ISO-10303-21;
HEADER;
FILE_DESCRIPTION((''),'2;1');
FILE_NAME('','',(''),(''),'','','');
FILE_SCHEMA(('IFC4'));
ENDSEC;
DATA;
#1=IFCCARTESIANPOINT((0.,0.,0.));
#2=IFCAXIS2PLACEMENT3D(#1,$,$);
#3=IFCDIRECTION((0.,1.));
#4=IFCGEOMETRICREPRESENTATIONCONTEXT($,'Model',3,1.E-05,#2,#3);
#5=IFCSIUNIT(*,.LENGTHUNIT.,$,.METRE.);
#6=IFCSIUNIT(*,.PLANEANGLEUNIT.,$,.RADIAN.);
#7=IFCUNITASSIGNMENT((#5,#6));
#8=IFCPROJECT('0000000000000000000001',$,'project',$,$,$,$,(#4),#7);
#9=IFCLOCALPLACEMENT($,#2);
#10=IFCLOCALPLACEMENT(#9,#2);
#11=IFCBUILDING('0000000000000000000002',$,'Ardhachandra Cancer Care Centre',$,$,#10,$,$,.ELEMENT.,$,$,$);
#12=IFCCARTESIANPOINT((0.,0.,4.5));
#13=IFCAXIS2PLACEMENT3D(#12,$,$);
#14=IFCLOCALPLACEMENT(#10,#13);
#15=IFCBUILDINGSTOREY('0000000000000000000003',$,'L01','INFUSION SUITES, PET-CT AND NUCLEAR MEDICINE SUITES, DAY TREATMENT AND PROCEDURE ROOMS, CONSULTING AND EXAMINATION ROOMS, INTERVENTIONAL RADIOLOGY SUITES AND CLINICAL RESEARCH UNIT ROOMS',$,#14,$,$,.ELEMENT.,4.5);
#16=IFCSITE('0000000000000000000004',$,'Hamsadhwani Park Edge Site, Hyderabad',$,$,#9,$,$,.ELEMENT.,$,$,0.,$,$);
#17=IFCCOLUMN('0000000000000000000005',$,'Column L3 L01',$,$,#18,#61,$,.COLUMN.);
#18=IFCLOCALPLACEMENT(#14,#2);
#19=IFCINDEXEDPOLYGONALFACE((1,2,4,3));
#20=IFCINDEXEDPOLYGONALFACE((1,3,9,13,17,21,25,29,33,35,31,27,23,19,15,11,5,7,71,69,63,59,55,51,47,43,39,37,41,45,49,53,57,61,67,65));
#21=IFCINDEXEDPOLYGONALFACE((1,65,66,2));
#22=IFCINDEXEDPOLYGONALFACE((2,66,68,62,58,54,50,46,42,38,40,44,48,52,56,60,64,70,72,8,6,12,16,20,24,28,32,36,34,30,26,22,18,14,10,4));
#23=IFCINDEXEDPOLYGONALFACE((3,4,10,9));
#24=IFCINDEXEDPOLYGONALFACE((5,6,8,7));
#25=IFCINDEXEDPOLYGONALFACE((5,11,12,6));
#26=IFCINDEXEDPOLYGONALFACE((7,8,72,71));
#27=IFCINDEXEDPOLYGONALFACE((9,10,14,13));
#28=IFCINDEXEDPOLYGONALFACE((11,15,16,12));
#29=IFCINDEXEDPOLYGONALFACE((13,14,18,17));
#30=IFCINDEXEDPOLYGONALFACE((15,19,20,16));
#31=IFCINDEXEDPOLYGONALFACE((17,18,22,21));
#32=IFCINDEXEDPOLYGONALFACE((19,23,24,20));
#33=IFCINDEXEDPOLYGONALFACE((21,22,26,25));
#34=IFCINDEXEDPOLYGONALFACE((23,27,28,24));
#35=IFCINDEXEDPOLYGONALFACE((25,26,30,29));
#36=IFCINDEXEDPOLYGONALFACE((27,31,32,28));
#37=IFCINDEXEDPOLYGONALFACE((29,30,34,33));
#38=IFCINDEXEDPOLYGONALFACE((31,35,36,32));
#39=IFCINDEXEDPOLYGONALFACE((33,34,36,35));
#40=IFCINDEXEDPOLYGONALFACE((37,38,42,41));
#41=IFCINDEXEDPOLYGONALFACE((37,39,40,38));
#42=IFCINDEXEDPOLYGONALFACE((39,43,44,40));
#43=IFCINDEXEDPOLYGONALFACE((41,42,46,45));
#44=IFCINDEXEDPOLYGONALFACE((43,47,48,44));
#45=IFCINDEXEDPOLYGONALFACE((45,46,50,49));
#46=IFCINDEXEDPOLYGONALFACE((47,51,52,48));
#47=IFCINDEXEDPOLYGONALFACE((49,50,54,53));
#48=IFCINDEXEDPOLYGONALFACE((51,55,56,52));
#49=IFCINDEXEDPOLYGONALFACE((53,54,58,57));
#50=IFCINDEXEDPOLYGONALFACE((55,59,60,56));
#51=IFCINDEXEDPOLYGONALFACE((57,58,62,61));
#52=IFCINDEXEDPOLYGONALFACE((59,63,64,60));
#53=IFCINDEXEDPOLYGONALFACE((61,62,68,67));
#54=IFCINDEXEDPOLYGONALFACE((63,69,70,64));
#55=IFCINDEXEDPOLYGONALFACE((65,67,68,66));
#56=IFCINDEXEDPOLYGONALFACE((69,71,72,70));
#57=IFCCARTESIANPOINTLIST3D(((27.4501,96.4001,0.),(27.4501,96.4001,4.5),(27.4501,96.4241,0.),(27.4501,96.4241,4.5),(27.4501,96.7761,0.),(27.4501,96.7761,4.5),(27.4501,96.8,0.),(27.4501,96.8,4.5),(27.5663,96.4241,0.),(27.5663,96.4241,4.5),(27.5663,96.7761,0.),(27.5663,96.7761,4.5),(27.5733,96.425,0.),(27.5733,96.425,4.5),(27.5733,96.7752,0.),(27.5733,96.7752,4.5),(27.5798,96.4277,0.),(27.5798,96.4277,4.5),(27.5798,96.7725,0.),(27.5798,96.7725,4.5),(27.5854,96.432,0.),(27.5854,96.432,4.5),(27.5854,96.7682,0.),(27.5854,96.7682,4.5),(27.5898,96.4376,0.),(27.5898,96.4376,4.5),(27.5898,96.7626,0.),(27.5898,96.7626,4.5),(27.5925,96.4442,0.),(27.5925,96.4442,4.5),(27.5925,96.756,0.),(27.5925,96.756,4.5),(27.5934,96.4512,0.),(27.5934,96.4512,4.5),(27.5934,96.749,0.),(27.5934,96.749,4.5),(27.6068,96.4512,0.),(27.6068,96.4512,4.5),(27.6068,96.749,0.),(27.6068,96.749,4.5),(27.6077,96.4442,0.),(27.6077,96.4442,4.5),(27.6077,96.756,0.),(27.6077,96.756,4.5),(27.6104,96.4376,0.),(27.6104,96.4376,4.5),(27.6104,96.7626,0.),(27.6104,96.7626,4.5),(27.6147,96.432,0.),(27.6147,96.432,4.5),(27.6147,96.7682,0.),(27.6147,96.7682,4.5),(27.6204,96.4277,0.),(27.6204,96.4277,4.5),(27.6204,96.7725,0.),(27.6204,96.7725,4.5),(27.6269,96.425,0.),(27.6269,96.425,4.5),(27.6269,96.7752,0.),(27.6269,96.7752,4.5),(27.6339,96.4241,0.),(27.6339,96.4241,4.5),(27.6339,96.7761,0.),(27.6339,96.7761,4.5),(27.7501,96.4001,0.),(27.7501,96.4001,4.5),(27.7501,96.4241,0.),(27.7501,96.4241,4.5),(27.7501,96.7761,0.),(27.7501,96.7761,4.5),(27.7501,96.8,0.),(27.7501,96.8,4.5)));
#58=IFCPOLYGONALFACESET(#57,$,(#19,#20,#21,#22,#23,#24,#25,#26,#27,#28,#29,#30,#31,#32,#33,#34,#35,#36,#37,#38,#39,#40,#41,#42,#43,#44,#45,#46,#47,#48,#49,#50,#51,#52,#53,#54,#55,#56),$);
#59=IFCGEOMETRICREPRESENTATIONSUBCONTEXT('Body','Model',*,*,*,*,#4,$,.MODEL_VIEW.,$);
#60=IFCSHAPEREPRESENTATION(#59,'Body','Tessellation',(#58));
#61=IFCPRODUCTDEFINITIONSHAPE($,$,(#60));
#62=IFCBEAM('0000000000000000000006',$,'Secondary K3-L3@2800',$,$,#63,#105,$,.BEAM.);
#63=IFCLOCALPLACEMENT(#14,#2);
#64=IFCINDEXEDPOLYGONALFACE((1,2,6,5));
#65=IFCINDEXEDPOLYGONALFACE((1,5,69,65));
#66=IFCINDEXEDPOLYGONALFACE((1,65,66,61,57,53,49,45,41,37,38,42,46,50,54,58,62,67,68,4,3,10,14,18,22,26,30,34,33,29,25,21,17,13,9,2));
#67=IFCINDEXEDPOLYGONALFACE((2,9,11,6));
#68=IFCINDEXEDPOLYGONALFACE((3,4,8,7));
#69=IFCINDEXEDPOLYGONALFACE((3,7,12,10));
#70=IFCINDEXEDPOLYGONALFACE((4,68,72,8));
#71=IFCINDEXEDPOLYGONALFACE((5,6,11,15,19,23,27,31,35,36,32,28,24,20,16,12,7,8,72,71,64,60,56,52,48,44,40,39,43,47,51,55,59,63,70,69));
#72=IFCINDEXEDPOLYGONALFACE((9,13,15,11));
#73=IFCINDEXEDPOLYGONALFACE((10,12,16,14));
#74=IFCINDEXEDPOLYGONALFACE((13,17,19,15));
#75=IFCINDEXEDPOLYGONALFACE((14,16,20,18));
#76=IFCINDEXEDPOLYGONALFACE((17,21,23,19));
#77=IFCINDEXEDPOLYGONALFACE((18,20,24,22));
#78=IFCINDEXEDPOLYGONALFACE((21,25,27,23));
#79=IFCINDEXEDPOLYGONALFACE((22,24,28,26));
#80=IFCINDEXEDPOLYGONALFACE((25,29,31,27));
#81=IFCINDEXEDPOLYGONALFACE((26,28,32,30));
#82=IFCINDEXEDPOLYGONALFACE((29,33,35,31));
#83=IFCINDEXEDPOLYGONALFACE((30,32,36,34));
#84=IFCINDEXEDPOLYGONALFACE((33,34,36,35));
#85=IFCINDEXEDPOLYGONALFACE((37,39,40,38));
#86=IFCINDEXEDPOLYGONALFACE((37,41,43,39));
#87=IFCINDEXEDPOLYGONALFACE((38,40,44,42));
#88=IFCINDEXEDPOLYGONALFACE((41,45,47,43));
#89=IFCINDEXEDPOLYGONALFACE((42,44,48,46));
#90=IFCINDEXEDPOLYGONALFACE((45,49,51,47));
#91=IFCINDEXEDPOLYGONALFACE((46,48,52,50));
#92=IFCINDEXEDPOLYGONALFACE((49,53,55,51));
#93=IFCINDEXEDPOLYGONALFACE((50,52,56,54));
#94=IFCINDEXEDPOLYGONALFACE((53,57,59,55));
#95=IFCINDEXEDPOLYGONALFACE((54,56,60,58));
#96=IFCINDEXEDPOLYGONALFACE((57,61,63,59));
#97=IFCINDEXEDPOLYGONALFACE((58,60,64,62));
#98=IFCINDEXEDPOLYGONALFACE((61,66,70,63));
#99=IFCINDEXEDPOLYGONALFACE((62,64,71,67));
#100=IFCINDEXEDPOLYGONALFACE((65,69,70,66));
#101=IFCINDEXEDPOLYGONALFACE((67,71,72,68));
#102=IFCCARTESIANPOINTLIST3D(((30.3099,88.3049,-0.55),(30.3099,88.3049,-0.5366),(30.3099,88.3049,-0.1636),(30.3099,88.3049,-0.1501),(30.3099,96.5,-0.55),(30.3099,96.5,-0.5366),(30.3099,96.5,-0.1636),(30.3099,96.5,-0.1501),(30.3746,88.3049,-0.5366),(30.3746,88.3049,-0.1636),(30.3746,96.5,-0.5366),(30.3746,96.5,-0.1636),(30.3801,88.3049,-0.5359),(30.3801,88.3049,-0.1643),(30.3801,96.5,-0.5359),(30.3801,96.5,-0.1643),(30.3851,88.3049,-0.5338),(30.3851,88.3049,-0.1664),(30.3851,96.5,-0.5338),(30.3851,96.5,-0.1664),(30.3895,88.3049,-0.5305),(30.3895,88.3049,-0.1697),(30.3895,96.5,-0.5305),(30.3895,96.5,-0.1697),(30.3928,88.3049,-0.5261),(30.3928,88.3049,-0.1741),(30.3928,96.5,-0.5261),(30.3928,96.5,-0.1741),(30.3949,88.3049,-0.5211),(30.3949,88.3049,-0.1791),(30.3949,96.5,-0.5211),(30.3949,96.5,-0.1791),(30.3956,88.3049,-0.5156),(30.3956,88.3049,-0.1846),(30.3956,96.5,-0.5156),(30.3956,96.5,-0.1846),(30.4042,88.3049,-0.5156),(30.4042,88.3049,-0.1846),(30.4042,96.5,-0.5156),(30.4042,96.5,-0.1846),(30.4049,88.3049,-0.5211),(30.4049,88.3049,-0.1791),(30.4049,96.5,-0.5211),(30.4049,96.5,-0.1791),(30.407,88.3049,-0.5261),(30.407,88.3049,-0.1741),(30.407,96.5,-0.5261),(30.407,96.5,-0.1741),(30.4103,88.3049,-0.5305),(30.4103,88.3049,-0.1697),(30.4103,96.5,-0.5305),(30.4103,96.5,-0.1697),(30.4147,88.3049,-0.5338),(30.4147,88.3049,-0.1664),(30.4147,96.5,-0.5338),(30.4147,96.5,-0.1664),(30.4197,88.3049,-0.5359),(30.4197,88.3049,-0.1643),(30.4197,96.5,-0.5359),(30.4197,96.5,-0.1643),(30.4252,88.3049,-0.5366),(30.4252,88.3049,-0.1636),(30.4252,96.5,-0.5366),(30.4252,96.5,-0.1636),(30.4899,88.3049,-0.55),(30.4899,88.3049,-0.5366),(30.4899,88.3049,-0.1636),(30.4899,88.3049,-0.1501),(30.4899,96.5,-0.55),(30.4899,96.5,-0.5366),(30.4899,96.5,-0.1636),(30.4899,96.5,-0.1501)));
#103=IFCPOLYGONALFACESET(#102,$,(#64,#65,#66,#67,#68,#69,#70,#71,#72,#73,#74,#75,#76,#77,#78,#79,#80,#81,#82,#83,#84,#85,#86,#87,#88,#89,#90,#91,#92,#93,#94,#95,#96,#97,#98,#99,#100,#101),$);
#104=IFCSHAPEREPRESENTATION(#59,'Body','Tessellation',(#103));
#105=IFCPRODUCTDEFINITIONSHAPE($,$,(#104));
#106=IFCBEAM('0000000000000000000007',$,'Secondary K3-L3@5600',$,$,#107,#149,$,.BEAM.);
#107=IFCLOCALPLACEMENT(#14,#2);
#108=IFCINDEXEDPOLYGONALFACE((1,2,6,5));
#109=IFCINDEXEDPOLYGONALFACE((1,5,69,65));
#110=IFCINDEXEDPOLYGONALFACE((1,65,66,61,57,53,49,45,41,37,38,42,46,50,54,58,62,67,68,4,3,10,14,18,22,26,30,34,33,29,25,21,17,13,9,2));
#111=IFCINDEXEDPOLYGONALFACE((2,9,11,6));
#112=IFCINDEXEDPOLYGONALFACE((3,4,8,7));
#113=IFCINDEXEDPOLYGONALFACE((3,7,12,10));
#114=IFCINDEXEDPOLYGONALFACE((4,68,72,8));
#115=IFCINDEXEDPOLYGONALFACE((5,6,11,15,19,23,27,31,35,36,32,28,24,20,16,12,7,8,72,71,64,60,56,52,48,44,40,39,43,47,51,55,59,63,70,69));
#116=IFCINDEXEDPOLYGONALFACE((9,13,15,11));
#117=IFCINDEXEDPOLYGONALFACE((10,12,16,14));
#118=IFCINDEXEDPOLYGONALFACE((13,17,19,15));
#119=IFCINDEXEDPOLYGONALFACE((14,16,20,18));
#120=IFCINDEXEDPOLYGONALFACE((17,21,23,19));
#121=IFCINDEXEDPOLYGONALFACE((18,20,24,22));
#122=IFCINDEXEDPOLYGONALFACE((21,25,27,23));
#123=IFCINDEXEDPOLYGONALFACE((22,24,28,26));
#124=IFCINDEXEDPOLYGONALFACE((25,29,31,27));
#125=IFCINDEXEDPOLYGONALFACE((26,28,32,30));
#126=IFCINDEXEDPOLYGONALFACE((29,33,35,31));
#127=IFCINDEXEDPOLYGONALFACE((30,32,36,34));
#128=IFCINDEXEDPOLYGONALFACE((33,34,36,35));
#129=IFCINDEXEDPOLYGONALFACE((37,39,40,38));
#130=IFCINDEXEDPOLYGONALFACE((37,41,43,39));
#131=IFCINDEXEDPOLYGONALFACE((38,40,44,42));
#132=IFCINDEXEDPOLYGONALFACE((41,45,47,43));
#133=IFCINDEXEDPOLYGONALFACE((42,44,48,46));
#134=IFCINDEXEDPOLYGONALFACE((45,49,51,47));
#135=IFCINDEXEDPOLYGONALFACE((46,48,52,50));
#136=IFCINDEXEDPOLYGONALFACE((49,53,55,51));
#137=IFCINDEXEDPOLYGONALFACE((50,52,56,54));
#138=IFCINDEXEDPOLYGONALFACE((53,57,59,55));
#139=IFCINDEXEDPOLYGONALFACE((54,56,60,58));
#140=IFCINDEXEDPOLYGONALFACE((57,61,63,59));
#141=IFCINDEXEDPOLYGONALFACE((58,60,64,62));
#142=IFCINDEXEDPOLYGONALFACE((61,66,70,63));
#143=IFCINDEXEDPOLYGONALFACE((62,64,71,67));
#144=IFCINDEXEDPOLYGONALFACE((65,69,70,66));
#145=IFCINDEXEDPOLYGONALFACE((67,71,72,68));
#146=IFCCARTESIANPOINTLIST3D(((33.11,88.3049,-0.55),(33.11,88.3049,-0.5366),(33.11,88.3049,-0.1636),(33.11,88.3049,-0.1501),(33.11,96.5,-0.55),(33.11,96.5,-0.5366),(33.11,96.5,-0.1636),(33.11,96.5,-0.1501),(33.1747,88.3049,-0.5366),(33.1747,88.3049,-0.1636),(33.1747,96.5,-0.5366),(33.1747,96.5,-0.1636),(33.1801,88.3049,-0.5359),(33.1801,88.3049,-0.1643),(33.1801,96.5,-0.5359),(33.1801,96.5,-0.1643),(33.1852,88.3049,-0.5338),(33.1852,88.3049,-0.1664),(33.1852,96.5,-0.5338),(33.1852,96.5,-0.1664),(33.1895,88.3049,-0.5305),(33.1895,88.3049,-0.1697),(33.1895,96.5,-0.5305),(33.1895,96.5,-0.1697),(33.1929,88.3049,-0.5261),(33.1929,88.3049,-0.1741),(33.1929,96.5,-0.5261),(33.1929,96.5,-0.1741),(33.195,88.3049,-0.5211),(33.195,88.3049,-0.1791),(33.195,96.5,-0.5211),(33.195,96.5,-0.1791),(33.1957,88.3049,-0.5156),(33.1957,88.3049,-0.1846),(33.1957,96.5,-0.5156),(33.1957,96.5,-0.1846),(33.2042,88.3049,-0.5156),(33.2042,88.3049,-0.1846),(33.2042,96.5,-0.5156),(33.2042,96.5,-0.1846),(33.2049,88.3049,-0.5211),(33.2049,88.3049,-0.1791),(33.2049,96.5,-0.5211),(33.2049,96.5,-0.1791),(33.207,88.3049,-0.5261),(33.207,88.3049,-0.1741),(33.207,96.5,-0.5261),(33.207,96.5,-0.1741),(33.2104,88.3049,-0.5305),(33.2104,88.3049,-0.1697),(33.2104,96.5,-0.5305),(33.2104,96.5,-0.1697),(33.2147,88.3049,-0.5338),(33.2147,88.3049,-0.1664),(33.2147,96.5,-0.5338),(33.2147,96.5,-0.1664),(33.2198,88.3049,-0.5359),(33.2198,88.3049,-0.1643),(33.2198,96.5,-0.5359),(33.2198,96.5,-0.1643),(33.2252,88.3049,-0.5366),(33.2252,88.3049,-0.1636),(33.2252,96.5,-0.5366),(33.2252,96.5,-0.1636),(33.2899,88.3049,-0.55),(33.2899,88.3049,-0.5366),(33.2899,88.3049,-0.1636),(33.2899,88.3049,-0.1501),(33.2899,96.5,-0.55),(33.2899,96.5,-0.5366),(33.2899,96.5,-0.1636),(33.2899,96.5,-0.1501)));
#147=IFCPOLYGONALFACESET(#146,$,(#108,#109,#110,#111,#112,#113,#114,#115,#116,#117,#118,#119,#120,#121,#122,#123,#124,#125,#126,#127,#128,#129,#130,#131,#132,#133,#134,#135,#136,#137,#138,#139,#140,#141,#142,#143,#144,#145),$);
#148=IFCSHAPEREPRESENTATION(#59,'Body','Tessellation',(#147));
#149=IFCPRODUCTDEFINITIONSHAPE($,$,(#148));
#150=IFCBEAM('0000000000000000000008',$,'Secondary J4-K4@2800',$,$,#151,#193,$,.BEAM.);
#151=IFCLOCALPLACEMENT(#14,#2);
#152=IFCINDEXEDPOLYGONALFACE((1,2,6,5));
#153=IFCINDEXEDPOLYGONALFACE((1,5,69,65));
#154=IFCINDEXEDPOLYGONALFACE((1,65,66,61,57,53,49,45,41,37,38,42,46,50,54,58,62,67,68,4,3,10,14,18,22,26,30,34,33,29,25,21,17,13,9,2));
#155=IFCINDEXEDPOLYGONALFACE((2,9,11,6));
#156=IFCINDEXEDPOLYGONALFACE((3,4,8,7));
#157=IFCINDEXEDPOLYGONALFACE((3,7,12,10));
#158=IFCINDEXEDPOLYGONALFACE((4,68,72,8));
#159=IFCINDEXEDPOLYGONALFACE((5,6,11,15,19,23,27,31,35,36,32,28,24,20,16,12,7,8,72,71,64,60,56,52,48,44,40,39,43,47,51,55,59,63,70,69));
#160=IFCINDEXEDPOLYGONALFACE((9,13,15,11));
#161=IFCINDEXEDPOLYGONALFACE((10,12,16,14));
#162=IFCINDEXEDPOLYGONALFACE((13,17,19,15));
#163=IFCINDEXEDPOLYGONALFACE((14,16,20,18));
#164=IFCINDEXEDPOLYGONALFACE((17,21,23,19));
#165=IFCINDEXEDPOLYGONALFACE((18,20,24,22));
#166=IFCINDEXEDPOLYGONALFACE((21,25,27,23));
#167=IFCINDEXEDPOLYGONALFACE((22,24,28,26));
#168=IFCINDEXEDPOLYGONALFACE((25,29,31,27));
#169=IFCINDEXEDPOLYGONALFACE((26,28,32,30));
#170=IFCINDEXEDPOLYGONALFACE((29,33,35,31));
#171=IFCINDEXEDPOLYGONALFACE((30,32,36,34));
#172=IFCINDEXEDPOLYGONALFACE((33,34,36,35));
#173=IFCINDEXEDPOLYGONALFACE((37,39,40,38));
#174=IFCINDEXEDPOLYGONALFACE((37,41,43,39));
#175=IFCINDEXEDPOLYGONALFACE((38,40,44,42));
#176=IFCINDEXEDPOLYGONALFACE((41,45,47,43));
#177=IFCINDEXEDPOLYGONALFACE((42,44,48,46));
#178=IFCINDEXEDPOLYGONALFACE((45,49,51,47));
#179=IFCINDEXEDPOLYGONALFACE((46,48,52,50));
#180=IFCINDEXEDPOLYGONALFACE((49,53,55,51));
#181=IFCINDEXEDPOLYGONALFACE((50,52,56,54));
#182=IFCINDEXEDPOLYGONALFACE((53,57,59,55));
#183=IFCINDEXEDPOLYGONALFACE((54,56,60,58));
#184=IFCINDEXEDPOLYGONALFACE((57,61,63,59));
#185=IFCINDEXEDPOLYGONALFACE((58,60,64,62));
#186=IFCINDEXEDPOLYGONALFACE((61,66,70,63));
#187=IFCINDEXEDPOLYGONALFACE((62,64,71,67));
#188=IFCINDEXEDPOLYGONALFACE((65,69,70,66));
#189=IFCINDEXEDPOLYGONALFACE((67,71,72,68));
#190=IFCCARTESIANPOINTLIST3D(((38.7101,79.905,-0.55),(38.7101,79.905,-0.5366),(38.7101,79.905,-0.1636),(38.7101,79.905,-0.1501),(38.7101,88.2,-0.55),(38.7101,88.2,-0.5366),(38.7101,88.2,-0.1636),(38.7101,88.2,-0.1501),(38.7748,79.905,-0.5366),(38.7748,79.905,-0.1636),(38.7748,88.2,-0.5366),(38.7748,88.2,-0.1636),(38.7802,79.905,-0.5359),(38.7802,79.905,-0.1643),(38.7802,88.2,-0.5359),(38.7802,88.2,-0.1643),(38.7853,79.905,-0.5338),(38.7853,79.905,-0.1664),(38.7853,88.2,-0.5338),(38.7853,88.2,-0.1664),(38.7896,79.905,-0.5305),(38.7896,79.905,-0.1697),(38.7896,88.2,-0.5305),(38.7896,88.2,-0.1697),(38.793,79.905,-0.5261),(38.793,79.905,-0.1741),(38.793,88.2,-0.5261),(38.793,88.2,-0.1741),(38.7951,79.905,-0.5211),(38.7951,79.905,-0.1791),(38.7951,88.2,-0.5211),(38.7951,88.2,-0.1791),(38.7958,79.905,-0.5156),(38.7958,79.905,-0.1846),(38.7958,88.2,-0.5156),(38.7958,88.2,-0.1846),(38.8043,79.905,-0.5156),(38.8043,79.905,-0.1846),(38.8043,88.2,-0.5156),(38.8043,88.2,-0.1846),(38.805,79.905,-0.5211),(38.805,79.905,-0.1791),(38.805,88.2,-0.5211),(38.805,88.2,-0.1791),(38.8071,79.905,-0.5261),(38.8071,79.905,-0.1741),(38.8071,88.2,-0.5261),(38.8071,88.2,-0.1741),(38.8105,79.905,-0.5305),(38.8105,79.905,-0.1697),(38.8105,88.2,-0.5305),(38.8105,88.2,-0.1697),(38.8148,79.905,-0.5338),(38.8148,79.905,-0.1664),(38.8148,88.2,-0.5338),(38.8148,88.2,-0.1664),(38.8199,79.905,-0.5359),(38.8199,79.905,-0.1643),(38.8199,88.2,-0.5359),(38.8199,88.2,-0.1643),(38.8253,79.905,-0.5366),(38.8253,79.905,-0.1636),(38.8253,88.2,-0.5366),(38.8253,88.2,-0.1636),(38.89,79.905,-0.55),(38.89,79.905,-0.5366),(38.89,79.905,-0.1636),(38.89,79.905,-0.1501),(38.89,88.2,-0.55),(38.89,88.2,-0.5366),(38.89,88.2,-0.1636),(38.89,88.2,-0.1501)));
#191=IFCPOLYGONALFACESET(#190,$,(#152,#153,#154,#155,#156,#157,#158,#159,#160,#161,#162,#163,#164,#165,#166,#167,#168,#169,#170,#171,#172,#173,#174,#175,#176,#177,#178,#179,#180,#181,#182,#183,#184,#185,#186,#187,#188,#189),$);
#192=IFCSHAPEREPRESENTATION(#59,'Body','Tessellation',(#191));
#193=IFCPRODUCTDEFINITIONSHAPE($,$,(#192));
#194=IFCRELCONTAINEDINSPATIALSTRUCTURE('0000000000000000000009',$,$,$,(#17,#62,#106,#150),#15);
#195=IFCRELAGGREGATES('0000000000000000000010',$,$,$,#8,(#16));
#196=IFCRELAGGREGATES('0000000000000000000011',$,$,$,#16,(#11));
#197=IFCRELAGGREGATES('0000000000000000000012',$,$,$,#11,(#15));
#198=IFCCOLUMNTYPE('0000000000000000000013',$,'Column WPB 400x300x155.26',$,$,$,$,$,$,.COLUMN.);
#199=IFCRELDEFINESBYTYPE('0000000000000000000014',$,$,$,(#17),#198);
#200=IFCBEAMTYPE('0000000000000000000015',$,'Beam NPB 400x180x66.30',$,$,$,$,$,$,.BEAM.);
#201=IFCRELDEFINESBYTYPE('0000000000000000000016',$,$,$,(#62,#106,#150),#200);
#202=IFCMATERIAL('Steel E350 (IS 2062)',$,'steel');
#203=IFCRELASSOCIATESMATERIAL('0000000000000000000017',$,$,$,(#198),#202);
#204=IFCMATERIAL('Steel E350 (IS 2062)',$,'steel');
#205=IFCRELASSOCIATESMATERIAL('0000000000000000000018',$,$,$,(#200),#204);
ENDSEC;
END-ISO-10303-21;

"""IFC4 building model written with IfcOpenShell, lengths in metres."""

from ifc_helpers import new_model, si_unit, direction, frame, origin, origin_2d, place, context, subcontext, project, spatial, i_section, extrude, material, material_profile, profile_set, type_object, element, save


model = new_model("IFC4")

# Units and contexts
model_context = context("Model", 3, precision=1e-05, world=origin(), true_north=direction((0.0, 1.0)))
body_context = subcontext(model_context, "Body", "Model", "MODEL_VIEW")
ifc_project = project(units=[si_unit("LENGTHUNIT", "METRE"), si_unit("PLANEANGLEUNIT", "RADIAN")], contexts=[model_context])

# Site, building, storey
site_placement = place(None, origin())
site = spatial("IfcSite", under=ifc_project, at=site_placement, Name="Hamsadhwani Park Edge Site, Hyderabad", CompositionType="ELEMENT", RefElevation=0.0)
building_placement = place(site_placement, origin())
building = spatial("IfcBuilding", under=site, at=building_placement, Name="Ardhachandra Cancer Care Centre", CompositionType="ELEMENT")
storey_placement = place(building_placement, frame((0.0, 0.0, 4.5)))
storey = spatial("IfcBuildingStorey", under=building, at=storey_placement, Name="L01", Description="INFUSION SUITES, PET-CT AND NUCLEAR MEDICINE SUITES, DAY TREATMENT AND PROCEDURE ROOMS, CONSULTING AND EXAMINATION ROOMS, INTERVENTIONAL RADIOLOGY SUITES AND CLINICAL RESEARCH UNIT ROOMS", CompositionType="ELEMENT", Elevation=4.5)

# Column
ifc_material_1 = material(Name="Steel E350 (IS 2062)", Category="steel")
ifc_material_profile_1 = material_profile(ifc_material_1, i_section(OverallWidth=0.3, OverallDepth=0.3999, WebThickness=0.0134, FlangeThickness=0.0239, FilletRadius=0.0271, at=origin_2d()), Name="WPB 400x300x155.26")
ifc_profile_set_1 = profile_set([ifc_material_profile_1], Name="Steel E350 (IS 2062)")
column_type = type_object("IfcColumnType", Name="Column WPB 400x300x155.26", PredefinedType="COLUMN", material=ifc_profile_set_1)
column_placement = place(storey_placement, frame((27.6001, 96.6001, 0.0), z_axis=(0.0, 0.0, 1.0), x_axis=(1.0, 0.0, 0.0)))
element("IfcColumn", 1, at=column_placement, inside=storey, type_object=column_type, Name="Column L3 L01", PredefinedType="COLUMN", context=body_context, shape_type="SweptSolid", body=[
    extrude(i_section(OverallWidth=0.3, OverallDepth=0.3999, WebThickness=0.0134, FlangeThickness=0.0239, FilletRadius=0.0271, at=origin_2d()), origin(), (0.0, 0.0, 1.0), 4.5),
])

# Beams
ifc_material_2 = material(Name="Steel E350 (IS 2062)", Category="steel")
ifc_material_profile_2 = material_profile(ifc_material_2, i_section(OverallWidth=0.1799, OverallDepth=0.3999, WebThickness=0.0085, FlangeThickness=0.0134, FilletRadius=0.021, at=origin_2d()), Name="NPB 400x180x66.30")
ifc_profile_set_2 = profile_set([ifc_material_profile_2], Name="Steel E350 (IS 2062)")
beam_type_1 = type_object("IfcBeamType", Name="Beam NPB 400x180x66.30", PredefinedType="BEAM", material=ifc_profile_set_2)
for number, where, z_axis, x_axis, name in (
    (2, (30.3999, 88.3049, -0.3501), (0.0, 1.0, 0.0), (-1.0, 0.0, 0.0), "Secondary K3-L3@2800"),
    (3, (33.2, 88.3049, -0.3501), (0.0, 1.0, 0.0), (-1.0, 0.0, 0.0), "Secondary K3-L3@5600"),
):
    element("IfcBeam", number, at=place(storey_placement, frame(where, z_axis=z_axis, x_axis=x_axis)), inside=storey, type_object=beam_type_1, Name=name, PredefinedType="BEAM", context=body_context, shape_type="SweptSolid", body=[
        extrude(i_section(OverallWidth=0.1799, OverallDepth=0.3999, WebThickness=0.0085, FlangeThickness=0.0134, FilletRadius=0.021, at=origin_2d()), origin(), (0.0, 0.0, 1.0), 8.1951),
    ])
beam_1_placement = place(storey_placement, frame((38.8, 79.905, -0.3501), z_axis=(0.0, 1.0, 0.0), x_axis=(-1.0, 0.0, 0.0)))
element("IfcBeam", 4, at=beam_1_placement, inside=storey, type_object=beam_type_1, Name="Secondary J4-K4@2800", PredefinedType="BEAM", context=body_context, shape_type="SweptSolid", body=[
    extrude(i_section(OverallWidth=0.1799, OverallDepth=0.3999, WebThickness=0.0085, FlangeThickness=0.0134, FilletRadius=0.021, at=origin_2d()), origin(), (0.0, 0.0, 1.0), 8.2949),
])

save(model, "model.ifc")
